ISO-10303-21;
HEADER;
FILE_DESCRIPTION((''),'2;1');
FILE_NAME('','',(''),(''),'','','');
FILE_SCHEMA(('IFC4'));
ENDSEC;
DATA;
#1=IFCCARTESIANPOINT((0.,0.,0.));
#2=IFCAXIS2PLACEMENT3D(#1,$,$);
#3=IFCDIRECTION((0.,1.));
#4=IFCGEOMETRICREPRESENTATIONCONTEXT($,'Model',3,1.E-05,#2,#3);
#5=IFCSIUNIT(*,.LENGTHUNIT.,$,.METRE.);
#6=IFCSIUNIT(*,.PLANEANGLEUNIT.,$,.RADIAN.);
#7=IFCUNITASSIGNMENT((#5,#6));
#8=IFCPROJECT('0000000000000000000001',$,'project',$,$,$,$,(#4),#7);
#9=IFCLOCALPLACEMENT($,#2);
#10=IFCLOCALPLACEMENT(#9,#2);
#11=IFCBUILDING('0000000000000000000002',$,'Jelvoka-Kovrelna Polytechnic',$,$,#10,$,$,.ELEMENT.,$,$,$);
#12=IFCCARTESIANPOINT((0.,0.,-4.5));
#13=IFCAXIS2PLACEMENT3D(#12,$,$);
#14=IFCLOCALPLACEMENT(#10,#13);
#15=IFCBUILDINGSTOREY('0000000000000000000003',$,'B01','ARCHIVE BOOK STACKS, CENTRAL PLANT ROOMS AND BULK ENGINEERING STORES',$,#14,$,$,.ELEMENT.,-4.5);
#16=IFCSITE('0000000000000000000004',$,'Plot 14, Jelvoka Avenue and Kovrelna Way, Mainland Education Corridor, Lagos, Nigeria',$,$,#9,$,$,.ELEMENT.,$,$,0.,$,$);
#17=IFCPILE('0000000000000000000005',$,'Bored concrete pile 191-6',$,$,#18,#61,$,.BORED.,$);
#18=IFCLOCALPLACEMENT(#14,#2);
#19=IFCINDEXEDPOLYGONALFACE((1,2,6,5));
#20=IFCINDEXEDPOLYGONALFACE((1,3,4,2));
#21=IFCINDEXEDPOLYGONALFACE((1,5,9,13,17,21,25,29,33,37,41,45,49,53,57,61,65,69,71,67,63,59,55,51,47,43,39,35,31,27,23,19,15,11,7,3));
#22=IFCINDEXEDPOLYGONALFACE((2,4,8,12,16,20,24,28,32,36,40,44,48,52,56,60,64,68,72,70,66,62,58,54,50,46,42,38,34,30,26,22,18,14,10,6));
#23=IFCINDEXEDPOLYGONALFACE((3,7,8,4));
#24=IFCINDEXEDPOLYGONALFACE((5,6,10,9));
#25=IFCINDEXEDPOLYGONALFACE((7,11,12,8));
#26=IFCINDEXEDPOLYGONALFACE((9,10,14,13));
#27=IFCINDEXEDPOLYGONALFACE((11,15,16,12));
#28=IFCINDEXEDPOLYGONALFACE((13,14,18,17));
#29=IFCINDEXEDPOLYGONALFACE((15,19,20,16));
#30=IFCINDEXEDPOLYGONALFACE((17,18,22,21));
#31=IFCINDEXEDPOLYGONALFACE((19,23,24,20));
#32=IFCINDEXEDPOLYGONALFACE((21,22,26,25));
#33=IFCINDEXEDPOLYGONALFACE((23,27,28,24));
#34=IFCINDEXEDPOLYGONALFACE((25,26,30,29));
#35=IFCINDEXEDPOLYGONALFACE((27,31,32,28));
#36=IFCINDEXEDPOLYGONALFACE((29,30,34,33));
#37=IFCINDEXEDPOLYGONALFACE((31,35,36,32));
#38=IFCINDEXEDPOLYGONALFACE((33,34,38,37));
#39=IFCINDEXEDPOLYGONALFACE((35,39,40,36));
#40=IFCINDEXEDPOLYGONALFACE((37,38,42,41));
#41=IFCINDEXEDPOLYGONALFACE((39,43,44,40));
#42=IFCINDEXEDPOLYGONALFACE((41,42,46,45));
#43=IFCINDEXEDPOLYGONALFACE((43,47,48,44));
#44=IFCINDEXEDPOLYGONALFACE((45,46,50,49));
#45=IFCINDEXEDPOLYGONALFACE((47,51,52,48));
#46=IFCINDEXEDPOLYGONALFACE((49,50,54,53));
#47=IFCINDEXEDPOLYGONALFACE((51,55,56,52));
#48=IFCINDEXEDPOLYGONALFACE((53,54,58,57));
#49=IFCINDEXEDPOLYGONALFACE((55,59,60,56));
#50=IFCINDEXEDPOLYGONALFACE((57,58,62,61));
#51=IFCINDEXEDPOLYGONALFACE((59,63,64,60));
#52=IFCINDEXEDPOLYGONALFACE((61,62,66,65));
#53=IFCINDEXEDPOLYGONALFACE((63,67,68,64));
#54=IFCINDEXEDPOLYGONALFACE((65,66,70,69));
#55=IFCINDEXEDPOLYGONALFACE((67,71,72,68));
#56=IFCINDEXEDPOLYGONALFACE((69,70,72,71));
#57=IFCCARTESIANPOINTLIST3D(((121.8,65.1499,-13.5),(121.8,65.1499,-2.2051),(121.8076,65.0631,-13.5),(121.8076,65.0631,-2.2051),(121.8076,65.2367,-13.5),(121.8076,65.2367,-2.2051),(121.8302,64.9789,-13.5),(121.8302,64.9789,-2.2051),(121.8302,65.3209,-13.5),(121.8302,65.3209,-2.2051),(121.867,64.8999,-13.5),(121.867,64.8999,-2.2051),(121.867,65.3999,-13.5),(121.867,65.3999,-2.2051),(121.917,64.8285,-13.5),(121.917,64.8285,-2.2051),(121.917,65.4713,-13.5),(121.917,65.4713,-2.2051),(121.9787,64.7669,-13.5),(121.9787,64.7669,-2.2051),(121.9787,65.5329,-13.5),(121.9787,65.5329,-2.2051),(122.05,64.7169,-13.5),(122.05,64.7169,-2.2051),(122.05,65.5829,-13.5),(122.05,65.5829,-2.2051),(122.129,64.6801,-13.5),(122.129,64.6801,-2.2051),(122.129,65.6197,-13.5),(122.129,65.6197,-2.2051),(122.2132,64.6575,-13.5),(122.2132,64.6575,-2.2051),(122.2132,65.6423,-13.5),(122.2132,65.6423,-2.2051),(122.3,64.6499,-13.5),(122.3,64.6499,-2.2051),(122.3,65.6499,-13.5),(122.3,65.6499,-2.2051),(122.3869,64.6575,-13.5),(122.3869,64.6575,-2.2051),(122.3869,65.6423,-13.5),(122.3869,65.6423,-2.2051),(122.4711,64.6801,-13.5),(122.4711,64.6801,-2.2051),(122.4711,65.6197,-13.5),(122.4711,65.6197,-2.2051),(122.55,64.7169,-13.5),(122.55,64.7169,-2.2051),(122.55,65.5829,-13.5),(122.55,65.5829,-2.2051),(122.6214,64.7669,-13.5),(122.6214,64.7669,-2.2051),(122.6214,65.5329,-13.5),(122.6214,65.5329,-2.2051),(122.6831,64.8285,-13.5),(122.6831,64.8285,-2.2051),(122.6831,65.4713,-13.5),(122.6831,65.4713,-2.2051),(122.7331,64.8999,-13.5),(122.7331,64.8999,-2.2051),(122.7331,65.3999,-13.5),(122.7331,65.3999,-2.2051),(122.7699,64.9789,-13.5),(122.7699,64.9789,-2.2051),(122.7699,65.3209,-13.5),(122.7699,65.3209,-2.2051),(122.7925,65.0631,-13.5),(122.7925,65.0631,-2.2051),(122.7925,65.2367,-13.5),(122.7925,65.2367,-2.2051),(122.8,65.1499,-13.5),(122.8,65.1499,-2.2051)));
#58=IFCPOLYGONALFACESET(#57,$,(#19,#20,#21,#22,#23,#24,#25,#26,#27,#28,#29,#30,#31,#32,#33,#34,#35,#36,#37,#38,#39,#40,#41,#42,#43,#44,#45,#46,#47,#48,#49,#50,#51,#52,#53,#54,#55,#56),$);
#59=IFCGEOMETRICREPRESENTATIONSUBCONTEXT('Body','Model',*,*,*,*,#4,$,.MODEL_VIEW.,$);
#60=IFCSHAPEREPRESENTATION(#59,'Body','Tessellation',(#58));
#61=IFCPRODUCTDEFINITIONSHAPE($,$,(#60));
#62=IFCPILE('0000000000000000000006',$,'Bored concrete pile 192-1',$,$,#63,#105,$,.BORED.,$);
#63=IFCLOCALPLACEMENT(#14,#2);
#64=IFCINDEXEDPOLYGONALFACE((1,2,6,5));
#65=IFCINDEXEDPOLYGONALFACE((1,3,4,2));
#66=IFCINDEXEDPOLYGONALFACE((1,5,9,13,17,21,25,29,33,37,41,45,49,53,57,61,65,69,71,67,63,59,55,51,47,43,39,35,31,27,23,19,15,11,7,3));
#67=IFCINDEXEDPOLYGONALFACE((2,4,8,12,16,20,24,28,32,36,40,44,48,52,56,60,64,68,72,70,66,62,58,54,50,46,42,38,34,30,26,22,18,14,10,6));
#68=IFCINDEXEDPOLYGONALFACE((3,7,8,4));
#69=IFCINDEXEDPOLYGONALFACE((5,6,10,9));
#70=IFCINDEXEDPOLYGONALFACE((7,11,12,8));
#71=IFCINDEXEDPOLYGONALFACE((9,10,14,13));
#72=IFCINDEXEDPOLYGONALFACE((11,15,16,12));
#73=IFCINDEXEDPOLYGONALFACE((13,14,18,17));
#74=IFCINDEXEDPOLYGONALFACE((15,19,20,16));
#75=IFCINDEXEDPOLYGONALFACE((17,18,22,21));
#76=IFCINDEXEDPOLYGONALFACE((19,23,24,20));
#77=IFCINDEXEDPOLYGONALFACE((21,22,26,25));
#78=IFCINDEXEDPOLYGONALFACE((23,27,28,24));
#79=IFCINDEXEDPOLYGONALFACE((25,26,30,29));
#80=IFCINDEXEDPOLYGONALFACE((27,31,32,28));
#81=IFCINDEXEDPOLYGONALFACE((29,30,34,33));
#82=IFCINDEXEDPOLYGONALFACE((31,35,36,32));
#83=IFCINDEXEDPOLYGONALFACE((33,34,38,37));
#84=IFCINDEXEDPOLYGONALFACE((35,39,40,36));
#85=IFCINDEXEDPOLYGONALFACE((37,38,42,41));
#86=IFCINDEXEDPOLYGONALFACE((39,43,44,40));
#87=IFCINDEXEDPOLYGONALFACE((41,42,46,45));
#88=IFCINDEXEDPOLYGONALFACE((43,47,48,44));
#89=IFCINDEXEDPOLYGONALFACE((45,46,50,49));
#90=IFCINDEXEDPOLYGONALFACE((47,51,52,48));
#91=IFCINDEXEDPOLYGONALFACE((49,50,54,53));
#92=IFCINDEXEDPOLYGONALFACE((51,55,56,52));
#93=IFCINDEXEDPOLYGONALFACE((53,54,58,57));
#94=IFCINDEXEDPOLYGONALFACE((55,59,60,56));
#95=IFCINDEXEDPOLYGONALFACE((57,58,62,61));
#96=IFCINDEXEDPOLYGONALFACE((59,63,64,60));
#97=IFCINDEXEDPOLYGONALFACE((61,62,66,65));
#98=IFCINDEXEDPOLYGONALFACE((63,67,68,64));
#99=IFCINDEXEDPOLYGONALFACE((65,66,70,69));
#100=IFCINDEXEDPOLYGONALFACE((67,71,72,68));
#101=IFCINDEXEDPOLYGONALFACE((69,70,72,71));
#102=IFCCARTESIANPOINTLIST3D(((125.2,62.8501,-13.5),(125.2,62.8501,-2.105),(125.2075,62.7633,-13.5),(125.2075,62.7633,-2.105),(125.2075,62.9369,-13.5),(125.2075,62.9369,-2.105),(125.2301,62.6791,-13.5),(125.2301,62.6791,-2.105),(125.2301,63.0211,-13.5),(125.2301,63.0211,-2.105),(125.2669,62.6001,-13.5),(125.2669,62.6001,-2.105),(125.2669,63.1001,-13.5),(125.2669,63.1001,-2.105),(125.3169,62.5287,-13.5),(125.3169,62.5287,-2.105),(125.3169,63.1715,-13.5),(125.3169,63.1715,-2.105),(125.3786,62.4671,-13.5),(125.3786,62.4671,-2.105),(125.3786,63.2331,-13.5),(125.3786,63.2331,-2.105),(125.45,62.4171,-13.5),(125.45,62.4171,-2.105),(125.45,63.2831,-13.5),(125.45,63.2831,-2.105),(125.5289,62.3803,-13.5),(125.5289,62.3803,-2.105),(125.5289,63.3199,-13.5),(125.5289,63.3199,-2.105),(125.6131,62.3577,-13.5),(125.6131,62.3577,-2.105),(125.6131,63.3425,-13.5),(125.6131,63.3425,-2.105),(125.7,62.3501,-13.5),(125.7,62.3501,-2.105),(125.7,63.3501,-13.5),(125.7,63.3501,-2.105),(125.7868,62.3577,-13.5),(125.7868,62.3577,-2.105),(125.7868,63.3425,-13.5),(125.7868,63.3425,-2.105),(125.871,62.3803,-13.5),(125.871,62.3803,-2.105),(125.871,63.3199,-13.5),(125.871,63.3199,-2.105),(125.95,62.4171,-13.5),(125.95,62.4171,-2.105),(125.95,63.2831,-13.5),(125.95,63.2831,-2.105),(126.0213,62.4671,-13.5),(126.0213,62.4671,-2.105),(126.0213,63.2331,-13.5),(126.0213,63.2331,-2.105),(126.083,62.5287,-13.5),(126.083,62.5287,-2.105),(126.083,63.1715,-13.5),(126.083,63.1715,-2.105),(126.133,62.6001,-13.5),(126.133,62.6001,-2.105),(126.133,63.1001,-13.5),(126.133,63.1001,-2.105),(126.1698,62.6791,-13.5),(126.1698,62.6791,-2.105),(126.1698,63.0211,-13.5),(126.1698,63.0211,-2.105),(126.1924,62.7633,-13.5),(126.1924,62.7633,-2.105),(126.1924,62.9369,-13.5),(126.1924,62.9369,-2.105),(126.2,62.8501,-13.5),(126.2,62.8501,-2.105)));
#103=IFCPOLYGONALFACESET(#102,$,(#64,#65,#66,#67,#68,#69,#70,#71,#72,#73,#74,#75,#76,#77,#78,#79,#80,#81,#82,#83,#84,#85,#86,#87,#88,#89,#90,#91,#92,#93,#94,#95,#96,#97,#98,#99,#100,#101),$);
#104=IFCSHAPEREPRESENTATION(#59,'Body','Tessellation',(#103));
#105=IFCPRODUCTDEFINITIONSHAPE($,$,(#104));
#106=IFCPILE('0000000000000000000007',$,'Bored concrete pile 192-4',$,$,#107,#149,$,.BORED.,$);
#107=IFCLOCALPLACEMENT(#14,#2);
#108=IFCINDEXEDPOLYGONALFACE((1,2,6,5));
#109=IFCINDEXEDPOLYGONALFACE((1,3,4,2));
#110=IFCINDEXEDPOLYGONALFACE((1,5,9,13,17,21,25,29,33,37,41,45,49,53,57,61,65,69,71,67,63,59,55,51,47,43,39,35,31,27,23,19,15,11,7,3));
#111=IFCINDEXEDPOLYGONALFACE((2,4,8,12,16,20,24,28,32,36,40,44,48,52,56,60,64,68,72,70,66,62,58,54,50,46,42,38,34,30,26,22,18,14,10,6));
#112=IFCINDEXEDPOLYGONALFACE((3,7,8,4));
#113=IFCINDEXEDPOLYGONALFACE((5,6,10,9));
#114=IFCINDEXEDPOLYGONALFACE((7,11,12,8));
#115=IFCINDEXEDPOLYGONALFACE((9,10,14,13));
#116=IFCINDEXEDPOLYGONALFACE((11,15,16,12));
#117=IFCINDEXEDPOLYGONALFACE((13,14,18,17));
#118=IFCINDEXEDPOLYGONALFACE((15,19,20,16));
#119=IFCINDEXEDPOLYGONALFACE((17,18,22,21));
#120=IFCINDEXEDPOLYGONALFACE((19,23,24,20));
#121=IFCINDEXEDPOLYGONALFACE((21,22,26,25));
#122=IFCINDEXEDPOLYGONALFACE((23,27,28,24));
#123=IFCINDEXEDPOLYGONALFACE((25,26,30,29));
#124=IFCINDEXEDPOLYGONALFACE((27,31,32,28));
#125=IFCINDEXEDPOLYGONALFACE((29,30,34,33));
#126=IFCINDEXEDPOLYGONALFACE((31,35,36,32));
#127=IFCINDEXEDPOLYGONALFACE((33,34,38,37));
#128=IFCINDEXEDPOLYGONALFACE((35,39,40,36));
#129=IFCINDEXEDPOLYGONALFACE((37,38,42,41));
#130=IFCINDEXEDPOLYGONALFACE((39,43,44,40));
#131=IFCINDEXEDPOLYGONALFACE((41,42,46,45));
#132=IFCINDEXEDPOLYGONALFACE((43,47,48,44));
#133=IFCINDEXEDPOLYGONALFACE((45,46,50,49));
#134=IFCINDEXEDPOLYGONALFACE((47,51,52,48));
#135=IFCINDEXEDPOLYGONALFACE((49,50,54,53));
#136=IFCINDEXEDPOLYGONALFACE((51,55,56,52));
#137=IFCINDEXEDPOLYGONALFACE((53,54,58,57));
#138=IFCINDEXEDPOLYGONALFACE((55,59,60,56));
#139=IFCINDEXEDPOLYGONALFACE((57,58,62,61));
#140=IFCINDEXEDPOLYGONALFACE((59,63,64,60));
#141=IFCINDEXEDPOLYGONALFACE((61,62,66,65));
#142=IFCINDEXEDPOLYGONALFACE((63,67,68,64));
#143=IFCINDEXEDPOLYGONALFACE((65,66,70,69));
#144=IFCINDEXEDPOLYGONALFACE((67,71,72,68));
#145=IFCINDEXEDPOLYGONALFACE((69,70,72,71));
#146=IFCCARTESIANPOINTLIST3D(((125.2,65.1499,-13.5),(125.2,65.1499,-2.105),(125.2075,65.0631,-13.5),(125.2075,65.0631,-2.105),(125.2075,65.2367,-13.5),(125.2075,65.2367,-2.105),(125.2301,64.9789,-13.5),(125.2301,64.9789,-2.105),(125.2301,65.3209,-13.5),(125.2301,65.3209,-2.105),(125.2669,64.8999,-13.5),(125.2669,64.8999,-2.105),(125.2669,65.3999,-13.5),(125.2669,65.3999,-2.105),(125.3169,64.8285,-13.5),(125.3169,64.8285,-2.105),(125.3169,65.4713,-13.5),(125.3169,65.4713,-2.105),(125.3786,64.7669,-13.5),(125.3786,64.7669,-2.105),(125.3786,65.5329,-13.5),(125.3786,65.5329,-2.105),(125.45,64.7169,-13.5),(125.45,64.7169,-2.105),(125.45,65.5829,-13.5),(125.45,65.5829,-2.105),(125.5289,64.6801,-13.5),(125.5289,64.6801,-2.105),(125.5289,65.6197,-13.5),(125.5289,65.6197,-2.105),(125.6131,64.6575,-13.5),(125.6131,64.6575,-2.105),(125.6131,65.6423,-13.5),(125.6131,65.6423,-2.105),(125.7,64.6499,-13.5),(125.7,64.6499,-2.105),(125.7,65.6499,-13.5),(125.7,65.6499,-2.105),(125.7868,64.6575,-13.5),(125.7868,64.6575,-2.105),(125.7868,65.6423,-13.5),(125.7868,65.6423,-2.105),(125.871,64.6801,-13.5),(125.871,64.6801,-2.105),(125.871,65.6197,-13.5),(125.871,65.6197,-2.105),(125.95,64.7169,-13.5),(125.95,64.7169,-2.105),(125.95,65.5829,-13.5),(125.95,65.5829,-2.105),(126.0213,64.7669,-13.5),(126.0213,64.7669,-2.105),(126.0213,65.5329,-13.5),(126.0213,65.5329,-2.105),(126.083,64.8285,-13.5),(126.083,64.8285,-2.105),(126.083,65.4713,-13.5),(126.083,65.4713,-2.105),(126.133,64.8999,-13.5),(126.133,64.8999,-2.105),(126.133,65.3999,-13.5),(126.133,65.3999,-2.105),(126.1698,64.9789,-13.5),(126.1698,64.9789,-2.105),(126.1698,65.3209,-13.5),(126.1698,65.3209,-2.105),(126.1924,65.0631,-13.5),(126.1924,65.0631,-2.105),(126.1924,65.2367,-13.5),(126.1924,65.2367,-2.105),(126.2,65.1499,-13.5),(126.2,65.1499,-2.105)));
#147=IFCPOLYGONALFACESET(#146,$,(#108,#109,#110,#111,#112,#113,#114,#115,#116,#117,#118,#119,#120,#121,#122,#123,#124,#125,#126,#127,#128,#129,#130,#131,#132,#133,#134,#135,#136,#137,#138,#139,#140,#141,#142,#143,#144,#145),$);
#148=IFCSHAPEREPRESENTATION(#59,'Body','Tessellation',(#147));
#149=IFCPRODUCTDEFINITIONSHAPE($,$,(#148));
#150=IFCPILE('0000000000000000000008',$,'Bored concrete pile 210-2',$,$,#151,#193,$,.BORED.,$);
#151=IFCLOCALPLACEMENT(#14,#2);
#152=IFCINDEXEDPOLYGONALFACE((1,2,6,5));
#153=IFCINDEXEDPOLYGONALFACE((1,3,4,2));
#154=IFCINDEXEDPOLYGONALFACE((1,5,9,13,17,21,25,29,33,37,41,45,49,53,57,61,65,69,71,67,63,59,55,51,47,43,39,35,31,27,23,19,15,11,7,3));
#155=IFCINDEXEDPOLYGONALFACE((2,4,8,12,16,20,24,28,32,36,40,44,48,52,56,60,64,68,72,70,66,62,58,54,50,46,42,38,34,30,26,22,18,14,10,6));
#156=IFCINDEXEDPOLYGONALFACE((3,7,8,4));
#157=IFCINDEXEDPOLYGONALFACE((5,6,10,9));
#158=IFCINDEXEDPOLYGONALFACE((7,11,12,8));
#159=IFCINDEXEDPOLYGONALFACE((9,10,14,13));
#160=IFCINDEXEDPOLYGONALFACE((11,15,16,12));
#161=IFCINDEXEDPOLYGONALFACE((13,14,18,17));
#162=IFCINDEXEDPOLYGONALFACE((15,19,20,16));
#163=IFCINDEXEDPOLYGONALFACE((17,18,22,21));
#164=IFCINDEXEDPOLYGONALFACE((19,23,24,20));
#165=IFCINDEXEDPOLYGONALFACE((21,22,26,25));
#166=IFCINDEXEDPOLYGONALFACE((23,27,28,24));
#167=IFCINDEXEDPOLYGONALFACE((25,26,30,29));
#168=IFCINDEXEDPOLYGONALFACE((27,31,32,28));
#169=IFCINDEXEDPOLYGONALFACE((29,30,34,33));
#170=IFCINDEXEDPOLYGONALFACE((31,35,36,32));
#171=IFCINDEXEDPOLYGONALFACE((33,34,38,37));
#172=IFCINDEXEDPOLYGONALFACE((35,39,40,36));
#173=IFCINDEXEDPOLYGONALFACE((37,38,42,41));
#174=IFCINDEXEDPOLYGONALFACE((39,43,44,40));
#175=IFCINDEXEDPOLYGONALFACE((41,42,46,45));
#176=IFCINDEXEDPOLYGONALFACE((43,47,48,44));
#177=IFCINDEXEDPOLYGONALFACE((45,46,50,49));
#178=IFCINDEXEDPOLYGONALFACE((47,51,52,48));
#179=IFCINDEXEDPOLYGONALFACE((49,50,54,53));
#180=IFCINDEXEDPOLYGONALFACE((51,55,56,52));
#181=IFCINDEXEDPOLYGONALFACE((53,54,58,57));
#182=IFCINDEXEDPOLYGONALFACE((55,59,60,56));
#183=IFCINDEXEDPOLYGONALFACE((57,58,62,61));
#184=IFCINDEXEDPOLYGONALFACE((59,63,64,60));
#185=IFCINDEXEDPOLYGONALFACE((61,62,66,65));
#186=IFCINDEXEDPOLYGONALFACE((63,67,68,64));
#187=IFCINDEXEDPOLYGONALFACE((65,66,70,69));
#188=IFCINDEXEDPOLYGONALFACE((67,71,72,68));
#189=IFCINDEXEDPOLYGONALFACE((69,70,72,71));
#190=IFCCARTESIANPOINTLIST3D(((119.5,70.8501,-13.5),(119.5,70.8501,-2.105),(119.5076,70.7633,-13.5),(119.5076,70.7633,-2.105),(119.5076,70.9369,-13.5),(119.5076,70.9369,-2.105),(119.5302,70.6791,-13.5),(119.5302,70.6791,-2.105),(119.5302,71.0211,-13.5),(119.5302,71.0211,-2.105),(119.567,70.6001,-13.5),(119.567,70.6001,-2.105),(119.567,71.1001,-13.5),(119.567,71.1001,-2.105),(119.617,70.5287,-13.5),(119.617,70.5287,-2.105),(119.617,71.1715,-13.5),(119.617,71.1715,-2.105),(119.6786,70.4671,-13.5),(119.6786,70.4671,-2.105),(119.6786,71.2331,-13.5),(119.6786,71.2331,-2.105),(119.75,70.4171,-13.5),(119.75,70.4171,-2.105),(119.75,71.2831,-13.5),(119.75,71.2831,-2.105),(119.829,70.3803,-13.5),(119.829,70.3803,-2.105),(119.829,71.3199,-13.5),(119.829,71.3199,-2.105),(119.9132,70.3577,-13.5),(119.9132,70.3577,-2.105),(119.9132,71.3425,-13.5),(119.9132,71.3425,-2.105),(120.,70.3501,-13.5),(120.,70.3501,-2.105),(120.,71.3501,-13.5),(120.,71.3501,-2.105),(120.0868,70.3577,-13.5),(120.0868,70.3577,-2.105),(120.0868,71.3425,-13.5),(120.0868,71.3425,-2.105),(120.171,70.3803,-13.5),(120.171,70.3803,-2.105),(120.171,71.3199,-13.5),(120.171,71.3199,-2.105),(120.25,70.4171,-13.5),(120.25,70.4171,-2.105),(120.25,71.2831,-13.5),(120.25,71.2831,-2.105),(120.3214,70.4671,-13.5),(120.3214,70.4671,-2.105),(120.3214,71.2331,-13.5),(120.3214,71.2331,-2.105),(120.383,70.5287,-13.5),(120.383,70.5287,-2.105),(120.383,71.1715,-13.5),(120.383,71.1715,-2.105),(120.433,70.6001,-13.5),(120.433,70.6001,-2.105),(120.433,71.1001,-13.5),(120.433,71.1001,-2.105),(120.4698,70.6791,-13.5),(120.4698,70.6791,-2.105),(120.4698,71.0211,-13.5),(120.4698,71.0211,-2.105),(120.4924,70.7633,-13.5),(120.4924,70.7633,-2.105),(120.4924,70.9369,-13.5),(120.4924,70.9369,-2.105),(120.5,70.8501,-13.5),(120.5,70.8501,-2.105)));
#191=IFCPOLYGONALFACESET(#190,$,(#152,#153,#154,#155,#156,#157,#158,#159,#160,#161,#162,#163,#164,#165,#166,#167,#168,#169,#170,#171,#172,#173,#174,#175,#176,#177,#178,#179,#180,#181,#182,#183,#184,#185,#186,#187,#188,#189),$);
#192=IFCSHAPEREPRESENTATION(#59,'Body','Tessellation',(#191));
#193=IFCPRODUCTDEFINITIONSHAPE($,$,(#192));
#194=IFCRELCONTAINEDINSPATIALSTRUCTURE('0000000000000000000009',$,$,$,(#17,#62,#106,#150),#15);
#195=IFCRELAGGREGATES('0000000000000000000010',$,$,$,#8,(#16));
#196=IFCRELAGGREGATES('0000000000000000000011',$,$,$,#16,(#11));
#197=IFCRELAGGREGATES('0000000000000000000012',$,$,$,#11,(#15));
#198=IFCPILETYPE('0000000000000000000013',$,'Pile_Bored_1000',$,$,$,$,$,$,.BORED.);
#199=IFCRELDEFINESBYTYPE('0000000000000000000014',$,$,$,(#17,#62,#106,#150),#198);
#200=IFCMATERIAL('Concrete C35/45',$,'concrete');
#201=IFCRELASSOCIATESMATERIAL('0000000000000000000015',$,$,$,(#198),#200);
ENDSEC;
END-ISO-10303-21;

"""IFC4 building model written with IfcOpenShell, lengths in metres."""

from ifc_helpers import new_model, si_unit, direction, frame, origin, origin_2d, place, context, subcontext, project, spatial, circle, extrude, material, material_profile, profile_set, type_object, element, save


model = new_model("IFC4")

# Units and contexts
model_context = context("Model", 3, precision=1e-05, world=origin(), true_north=direction((0.0, 1.0)))
body_context = subcontext(model_context, "Body", "Model", "MODEL_VIEW")
ifc_project = project(units=[si_unit("LENGTHUNIT", "METRE"), si_unit("PLANEANGLEUNIT", "RADIAN")], contexts=[model_context])

# Site, building, storey
site_placement = place(None, origin())
site = spatial("IfcSite", under=ifc_project, at=site_placement, Name="Plot 14, Jelvoka Avenue and Kovrelna Way, Mainland Education Corridor, Lagos, Nigeria", CompositionType="ELEMENT", RefElevation=0.0)
building_placement = place(site_placement, origin())
building = spatial("IfcBuilding", under=site, at=building_placement, Name="Jelvoka-Kovrelna Polytechnic", CompositionType="ELEMENT")
storey_placement = place(building_placement, frame((0.0, 0.0, -4.5)))
storey = spatial("IfcBuildingStorey", under=building, at=storey_placement, Name="B01", Description="ARCHIVE BOOK STACKS, CENTRAL PLANT ROOMS AND BULK ENGINEERING STORES", CompositionType="ELEMENT", Elevation=-4.5)

# Piles
ifc_material_1 = material(Name="Concrete C35/45", Category="concrete")
ifc_material_profile_1 = material_profile(ifc_material_1, circle(Radius=0.5, at=origin_2d()), Name="PILE D1000")
ifc_profile_set_1 = profile_set([ifc_material_profile_1], Name="Concrete C35/45")
pile_type = type_object("IfcPileType", Name="Pile_Bored_1000", PredefinedType="BORED", material=ifc_profile_set_1)
for number, where, z_axis, x_axis, name in (
    (1, (122.3, 65.1499, -2.2051), (0.0, 0.0, -1.0), (1.0, 0.0, 0.0), "Bored concrete pile 191-6"),
):
    element("IfcPile", number, at=place(storey_placement, frame(where, z_axis=z_axis, x_axis=x_axis)), inside=storey, type_object=pile_type, Name=name, PredefinedType="BORED", context=body_context, shape_type="SweptSolid", body=[
        extrude(circle(Radius=0.5, at=origin_2d()), origin(), (0.0, 0.0, 1.0), 11.2949),
    ])
for number, where, z_axis, x_axis, name in (
    (2, (125.7, 62.8501, -2.105), (0.0, 0.0, -1.0), (1.0, 0.0, 0.0), "Bored concrete pile 192-1"),
    (3, (125.7, 65.1499, -2.105), (0.0, 0.0, -1.0), (1.0, 0.0, 0.0), "Bored concrete pile 192-4"),
    (4, (120.0, 70.8501, -2.105), (0.0, 0.0, -1.0), (1.0, 0.0, 0.0), "Bored concrete pile 210-2"),
):
    element("IfcPile", number, at=place(storey_placement, frame(where, z_axis=z_axis, x_axis=x_axis)), inside=storey, type_object=pile_type, Name=name, PredefinedType="BORED", context=body_context, shape_type="SweptSolid", body=[
        extrude(circle(Radius=0.5, at=origin_2d()), origin(), (0.0, 0.0, 1.0), 11.395),
    ])

save(model, "model.ifc")
